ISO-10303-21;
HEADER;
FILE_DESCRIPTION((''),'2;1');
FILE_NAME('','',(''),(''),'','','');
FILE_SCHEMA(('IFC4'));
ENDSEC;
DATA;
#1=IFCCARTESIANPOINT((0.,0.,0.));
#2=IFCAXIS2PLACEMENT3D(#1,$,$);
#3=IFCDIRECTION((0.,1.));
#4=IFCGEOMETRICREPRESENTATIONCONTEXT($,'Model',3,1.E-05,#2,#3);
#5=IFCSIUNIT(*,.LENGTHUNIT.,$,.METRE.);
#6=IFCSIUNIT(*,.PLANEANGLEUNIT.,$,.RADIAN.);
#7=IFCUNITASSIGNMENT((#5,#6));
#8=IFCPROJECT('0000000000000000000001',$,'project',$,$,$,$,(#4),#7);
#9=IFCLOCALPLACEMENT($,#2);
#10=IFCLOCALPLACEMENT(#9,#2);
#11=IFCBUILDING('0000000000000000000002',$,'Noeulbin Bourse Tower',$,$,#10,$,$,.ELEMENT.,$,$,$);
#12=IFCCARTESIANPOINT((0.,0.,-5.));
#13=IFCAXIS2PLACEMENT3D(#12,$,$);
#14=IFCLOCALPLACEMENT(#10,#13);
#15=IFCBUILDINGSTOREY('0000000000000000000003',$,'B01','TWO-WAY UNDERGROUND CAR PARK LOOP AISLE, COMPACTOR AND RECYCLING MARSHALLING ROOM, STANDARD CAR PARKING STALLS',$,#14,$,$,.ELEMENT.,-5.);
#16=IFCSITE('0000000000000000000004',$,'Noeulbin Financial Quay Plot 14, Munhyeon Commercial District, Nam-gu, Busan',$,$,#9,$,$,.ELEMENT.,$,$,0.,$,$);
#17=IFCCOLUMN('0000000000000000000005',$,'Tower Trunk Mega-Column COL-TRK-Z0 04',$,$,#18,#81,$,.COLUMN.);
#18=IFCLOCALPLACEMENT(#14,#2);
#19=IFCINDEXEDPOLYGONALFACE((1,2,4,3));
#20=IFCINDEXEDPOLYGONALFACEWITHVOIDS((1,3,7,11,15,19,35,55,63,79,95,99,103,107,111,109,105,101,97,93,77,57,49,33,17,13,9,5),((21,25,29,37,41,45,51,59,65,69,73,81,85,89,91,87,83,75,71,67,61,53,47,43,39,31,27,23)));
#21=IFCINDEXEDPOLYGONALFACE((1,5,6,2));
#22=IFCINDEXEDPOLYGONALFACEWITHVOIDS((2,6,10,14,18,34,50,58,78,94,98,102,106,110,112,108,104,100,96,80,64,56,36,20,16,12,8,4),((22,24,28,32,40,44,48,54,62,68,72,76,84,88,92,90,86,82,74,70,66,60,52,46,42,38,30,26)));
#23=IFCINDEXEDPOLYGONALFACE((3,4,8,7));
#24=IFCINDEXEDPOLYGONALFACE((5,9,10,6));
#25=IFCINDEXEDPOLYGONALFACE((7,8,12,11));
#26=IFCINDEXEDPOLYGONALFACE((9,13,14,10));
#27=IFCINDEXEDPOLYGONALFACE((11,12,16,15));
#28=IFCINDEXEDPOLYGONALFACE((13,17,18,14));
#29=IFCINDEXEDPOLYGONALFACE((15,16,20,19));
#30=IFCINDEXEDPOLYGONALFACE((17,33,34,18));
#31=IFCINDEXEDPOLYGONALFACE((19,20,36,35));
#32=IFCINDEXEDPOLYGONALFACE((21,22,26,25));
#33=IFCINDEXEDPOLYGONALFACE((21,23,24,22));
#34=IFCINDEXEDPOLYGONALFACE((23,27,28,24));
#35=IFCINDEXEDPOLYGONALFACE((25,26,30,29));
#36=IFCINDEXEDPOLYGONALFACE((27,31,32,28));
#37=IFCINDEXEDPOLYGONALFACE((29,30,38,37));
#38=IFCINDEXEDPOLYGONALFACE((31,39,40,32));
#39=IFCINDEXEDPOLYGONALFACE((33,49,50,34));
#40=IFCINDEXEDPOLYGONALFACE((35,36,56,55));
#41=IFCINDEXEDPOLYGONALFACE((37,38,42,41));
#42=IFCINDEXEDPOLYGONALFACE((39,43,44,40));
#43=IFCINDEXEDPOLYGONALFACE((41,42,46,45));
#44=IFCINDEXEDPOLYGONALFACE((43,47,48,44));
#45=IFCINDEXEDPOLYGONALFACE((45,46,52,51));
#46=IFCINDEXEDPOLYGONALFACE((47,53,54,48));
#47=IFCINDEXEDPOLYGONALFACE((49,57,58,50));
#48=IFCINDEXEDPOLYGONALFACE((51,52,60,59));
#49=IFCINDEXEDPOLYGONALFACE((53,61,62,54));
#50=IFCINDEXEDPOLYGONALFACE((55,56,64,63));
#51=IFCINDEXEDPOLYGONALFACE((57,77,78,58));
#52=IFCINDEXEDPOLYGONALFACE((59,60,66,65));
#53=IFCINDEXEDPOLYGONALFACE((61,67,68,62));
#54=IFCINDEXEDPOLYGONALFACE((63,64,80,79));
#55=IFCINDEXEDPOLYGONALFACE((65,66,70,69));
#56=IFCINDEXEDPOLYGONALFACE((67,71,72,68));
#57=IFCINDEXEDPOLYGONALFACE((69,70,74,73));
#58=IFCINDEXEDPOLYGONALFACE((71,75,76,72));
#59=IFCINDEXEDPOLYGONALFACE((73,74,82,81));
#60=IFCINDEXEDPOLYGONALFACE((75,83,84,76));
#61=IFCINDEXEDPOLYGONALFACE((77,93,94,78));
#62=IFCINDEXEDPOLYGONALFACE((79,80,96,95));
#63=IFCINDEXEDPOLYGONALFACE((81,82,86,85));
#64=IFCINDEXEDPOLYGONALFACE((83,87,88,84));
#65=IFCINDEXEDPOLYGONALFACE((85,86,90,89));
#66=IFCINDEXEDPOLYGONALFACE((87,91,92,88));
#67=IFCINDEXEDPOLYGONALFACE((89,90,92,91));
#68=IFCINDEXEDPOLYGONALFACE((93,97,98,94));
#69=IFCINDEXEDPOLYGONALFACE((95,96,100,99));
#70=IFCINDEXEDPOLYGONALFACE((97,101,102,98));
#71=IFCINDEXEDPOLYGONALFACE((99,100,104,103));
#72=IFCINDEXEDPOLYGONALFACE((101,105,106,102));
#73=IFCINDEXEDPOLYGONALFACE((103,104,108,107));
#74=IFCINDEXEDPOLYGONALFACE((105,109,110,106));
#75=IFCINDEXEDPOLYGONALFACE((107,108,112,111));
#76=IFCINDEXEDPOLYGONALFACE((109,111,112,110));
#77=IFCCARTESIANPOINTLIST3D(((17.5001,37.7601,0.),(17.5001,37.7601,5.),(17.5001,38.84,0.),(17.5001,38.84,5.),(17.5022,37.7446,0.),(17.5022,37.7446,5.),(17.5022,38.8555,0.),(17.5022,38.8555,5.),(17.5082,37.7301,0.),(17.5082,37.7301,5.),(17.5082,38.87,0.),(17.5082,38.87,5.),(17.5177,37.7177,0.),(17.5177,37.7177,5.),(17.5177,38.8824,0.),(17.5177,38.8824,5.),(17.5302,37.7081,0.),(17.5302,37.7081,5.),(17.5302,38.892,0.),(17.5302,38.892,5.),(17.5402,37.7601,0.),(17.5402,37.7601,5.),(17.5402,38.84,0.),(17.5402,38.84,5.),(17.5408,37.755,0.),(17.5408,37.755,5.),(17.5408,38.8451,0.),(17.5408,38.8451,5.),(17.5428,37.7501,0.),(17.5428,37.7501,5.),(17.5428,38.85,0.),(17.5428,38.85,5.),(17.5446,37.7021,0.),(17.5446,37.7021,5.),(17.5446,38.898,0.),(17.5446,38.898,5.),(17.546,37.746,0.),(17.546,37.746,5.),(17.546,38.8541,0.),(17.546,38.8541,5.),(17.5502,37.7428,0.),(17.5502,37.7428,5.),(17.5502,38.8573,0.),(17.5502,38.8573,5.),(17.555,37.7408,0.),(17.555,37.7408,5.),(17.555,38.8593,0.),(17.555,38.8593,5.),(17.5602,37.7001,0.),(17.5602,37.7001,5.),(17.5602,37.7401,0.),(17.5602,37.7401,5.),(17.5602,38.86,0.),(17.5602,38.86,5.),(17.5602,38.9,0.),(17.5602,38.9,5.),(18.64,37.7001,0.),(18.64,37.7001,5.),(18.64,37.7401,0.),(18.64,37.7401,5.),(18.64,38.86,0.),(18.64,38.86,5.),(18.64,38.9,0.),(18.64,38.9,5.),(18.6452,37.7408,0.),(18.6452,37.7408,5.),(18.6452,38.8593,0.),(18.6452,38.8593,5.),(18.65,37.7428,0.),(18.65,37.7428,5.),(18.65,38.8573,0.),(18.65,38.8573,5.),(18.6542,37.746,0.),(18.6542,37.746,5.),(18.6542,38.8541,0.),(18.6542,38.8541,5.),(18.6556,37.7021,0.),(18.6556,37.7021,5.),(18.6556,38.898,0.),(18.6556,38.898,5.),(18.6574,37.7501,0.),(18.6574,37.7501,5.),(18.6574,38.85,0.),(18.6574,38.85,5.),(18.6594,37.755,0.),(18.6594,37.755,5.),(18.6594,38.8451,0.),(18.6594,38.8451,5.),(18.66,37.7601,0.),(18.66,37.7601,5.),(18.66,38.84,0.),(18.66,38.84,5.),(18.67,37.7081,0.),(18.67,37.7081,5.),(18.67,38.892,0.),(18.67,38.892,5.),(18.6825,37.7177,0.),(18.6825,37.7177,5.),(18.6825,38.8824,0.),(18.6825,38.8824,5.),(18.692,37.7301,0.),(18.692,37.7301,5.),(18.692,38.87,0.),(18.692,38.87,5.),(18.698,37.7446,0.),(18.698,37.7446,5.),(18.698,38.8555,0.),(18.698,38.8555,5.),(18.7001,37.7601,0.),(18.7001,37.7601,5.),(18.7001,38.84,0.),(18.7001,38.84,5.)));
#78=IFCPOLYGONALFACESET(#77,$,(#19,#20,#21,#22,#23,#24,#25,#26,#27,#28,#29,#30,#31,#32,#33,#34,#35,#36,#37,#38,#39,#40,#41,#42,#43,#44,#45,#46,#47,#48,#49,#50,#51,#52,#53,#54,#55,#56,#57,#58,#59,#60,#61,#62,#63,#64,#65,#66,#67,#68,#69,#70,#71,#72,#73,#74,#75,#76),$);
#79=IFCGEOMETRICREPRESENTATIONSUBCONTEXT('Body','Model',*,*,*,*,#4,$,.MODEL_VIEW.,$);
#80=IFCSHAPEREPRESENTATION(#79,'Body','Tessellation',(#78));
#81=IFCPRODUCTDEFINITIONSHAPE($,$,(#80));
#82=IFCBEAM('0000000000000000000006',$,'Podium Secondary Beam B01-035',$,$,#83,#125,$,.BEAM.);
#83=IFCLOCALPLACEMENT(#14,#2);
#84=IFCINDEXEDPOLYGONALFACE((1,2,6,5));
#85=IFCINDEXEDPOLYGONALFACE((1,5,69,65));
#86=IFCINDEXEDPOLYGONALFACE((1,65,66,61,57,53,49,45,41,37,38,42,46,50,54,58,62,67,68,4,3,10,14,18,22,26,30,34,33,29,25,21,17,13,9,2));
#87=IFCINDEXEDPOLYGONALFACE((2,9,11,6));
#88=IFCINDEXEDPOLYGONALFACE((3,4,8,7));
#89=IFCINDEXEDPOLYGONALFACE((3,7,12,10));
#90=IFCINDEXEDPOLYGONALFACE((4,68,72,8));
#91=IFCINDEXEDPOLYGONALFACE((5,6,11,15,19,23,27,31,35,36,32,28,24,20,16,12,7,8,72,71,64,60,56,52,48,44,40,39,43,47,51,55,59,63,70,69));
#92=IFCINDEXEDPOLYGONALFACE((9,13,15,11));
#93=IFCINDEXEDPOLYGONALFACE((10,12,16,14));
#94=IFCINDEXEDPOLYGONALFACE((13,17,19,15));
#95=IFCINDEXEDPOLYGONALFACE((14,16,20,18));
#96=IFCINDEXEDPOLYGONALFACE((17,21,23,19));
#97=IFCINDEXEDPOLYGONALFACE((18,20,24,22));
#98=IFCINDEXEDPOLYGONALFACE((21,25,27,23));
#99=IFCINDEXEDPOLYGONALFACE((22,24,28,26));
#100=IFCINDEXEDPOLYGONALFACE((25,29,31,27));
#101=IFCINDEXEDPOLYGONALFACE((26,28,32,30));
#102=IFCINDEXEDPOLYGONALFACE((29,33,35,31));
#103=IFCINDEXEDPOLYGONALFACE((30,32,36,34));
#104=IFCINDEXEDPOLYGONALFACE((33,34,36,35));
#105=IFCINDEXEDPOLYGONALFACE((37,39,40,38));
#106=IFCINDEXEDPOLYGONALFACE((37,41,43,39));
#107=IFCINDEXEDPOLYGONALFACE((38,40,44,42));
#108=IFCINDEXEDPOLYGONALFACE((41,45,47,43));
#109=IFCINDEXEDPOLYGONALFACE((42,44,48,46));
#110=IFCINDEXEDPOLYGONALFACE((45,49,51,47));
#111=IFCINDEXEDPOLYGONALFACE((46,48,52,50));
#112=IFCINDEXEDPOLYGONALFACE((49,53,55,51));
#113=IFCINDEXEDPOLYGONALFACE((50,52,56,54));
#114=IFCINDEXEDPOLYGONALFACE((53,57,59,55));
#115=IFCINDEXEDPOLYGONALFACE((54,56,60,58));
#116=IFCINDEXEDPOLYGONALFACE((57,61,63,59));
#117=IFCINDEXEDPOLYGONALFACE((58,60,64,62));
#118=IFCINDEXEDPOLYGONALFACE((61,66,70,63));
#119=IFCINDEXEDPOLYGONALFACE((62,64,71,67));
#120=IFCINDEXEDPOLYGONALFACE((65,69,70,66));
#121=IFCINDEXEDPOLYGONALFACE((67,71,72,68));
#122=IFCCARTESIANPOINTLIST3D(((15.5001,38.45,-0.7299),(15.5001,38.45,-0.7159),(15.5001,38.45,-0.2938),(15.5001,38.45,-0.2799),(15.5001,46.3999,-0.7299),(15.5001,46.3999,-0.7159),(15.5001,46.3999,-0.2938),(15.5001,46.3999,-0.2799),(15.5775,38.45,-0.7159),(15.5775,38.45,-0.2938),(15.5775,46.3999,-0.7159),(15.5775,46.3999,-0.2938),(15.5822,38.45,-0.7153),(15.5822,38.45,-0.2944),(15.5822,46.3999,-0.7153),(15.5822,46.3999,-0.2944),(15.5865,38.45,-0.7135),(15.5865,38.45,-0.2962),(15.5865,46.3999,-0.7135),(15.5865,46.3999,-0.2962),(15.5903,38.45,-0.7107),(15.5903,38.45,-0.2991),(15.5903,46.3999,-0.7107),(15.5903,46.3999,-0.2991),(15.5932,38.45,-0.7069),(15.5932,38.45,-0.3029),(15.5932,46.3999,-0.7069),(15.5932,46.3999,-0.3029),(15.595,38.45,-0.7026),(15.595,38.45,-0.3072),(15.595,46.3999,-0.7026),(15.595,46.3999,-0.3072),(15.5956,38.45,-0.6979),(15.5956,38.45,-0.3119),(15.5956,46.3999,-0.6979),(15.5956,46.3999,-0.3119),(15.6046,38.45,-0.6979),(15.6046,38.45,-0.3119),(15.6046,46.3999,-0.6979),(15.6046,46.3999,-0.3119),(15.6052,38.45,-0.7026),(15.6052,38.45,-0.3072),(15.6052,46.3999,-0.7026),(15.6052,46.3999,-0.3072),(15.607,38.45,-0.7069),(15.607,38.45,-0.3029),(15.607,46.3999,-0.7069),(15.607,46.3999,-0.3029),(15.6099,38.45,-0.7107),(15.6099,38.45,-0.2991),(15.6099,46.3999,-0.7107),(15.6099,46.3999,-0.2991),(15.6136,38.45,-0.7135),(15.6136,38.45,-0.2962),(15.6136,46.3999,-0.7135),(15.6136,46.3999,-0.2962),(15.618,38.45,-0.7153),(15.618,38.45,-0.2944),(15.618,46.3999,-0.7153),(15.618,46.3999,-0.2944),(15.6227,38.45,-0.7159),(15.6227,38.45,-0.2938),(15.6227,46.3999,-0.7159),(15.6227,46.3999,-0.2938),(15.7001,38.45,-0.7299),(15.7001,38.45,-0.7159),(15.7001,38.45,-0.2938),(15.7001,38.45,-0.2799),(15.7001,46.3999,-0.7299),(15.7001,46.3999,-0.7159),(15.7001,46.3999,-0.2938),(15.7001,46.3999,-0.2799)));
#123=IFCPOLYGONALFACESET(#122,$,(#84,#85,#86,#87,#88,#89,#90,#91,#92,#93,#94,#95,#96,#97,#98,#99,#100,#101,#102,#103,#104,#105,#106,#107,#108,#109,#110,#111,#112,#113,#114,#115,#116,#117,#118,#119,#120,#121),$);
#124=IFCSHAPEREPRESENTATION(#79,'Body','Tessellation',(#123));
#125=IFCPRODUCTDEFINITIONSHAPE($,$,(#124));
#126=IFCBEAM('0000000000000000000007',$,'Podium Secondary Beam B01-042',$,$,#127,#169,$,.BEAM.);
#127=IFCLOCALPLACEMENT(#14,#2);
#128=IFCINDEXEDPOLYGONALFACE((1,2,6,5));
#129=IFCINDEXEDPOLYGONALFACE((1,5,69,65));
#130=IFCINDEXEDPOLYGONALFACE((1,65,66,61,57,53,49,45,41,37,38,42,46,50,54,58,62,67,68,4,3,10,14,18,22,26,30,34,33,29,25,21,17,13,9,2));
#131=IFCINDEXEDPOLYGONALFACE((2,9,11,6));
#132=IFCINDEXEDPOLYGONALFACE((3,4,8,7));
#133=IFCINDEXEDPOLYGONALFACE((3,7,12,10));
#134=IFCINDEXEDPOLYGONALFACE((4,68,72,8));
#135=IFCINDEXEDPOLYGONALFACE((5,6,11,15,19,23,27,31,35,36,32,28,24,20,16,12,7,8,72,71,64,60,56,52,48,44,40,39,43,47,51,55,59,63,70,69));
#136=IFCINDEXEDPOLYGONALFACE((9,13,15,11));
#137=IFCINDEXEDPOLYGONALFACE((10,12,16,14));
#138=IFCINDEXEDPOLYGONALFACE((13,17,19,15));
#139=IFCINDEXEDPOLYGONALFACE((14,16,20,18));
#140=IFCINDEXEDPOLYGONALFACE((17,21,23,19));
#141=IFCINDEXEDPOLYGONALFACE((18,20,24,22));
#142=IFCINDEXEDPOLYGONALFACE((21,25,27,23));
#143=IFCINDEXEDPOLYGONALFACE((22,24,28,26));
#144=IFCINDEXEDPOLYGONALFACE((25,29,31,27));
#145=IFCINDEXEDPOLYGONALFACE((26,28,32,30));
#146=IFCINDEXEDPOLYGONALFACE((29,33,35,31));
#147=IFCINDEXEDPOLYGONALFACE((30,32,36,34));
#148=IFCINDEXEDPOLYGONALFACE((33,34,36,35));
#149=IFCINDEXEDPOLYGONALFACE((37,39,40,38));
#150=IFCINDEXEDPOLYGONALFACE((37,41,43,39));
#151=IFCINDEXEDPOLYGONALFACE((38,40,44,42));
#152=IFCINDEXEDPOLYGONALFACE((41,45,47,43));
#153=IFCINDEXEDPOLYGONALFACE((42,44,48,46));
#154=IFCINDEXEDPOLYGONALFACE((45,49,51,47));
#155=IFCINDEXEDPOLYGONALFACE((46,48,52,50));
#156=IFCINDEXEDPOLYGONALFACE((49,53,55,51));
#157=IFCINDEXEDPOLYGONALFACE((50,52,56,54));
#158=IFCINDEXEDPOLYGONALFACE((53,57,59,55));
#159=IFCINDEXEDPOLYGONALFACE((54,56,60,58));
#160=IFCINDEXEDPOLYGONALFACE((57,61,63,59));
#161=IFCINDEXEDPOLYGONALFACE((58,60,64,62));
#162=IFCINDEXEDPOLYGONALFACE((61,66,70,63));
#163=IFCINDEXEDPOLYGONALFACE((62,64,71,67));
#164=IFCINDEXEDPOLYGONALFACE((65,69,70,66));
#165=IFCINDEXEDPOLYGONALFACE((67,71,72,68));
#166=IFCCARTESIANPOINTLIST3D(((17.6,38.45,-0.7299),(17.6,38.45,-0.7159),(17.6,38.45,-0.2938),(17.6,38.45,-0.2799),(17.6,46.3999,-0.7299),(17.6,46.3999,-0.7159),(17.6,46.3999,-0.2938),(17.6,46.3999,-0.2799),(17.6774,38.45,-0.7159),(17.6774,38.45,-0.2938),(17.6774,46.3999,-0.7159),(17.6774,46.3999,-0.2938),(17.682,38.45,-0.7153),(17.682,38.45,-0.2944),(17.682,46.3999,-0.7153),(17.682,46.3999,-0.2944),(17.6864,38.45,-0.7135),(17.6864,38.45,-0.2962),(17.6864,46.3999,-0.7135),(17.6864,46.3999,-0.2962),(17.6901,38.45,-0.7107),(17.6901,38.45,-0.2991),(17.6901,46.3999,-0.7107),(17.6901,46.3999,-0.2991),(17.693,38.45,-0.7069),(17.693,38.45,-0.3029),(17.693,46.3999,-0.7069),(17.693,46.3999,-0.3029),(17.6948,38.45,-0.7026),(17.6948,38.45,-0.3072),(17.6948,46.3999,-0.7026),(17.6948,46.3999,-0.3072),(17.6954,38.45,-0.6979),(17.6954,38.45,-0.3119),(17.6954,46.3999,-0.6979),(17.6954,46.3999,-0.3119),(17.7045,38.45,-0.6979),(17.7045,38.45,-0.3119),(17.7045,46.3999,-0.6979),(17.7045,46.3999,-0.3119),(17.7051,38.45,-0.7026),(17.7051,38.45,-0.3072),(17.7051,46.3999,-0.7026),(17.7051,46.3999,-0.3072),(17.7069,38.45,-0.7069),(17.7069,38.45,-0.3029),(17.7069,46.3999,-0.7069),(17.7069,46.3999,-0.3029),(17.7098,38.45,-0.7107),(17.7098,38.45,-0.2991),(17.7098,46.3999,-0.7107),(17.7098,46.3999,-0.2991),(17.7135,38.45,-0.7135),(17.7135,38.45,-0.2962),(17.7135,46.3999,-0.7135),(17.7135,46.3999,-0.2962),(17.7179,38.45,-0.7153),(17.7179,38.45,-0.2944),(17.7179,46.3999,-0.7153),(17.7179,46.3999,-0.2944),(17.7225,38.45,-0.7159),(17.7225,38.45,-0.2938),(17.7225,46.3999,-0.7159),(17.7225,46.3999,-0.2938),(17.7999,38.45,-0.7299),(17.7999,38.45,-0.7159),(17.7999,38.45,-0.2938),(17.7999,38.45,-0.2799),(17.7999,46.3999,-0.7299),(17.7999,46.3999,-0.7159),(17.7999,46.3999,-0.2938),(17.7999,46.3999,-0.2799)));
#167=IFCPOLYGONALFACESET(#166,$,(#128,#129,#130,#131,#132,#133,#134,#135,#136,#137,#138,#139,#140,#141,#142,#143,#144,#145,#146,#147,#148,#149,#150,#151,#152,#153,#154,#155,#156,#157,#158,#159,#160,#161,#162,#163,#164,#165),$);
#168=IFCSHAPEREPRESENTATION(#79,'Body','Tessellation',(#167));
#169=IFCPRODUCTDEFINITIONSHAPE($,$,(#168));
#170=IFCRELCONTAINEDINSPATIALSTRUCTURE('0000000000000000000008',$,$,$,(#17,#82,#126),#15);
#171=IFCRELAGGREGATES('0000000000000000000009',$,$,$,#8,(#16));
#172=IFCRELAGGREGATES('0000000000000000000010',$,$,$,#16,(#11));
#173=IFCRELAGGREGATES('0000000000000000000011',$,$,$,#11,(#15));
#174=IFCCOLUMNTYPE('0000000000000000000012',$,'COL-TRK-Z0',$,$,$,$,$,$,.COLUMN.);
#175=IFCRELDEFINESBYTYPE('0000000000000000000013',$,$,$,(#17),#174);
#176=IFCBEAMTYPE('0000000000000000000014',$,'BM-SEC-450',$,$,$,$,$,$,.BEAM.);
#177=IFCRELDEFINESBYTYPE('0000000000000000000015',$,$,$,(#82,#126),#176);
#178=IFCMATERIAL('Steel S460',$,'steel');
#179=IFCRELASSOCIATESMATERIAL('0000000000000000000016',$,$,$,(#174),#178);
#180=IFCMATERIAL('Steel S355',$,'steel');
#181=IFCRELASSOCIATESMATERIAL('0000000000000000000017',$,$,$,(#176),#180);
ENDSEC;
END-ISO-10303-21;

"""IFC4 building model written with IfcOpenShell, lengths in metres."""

from ifc_helpers import new_model, si_unit, direction, frame, origin, origin_2d, place, context, subcontext, project, spatial, hollow_rectangle, i_section, extrude, material, material_profile, profile_set, type_object, element, save


model = new_model("IFC4")

# Units and contexts
model_context = context("Model", 3, precision=1e-05, world=origin(), true_north=direction((0.0, 1.0)))
body_context = subcontext(model_context, "Body", "Model", "MODEL_VIEW")
ifc_project = project(units=[si_unit("LENGTHUNIT", "METRE"), si_unit("PLANEANGLEUNIT", "RADIAN")], contexts=[model_context])

# Site, building, storey
site_placement = place(None, origin())
site = spatial("IfcSite", under=ifc_project, at=site_placement, Name="Noeulbin Financial Quay Plot 14, Munhyeon Commercial District, Nam-gu, Busan", CompositionType="ELEMENT", RefElevation=0.0)
building_placement = place(site_placement, origin())
building = spatial("IfcBuilding", under=site, at=building_placement, Name="Noeulbin Bourse Tower", CompositionType="ELEMENT")
storey_placement = place(building_placement, frame((0.0, 0.0, -5.0)))
storey = spatial("IfcBuildingStorey", under=building, at=storey_placement, Name="B01", Description="TWO-WAY UNDERGROUND CAR PARK LOOP AISLE, COMPACTOR AND RECYCLING MARSHALLING ROOM, STANDARD CAR PARKING STALLS", CompositionType="ELEMENT", Elevation=-5.0)

# Column
ifc_material_1 = material(Name="Steel S460", Category="steel")
ifc_material_profile_1 = material_profile(ifc_material_1, hollow_rectangle(XDim=1.2, YDim=1.2, WallThickness=0.04, InnerFilletRadius=0.02, OuterFilletRadius=0.0601, at=origin_2d()), Name="BOX-1200x1200x40", Category="LoadBearing")
ifc_profile_set_1 = profile_set([ifc_material_profile_1], Name="Steel S460")
column_type = type_object("IfcColumnType", Name="COL-TRK-Z0", PredefinedType="COLUMN", material=ifc_profile_set_1)
column_placement = place(storey_placement, frame((18.1001, 38.3, 0.0), z_axis=(0.0, 0.0, 1.0), x_axis=(1.0, 0.0, 0.0)))
element("IfcColumn", 1, at=column_placement, inside=storey, type_object=column_type, Name="Tower Trunk Mega-Column COL-TRK-Z0 04", PredefinedType="COLUMN", context=body_context, shape_type="SweptSolid", body=[
    extrude(hollow_rectangle(XDim=1.2, YDim=1.2, WallThickness=0.04, InnerFilletRadius=0.02, OuterFilletRadius=0.0601, at=origin_2d()), origin(), (0.0, 0.0, 1.0), 5.0),
])

# Beams
ifc_material_2 = material(Name="Steel S355", Category="steel")
ifc_material_profile_2 = material_profile(ifc_material_2, i_section(OverallWidth=0.2, OverallDepth=0.45, WebThickness=0.009, FlangeThickness=0.0139, FilletRadius=0.0181, at=origin_2d()), Name="H-450x200x9x14", Category="LoadBearing")
ifc_profile_set_2 = profile_set([ifc_material_profile_2], Name="Steel S355")
beam_type = type_object("IfcBeamType", Name="BM-SEC-450", PredefinedType="BEAM", material=ifc_profile_set_2)
for number, where, z_axis, x_axis, name in (
    (2, (15.6001, 38.45, -0.5049), (0.0, 1.0, 0.0), (-1.0, 0.0, 0.0), "Podium Secondary Beam B01-035"),
    (3, (17.7, 38.45, -0.5049), (0.0, 1.0, 0.0), (-1.0, 0.0, 0.0), "Podium Secondary Beam B01-042"),
):
    element("IfcBeam", number, at=place(storey_placement, frame(where, z_axis=z_axis, x_axis=x_axis)), inside=storey, type_object=beam_type, Name=name, PredefinedType="BEAM", context=body_context, shape_type="SweptSolid", body=[
        extrude(i_section(OverallWidth=0.2, OverallDepth=0.45, WebThickness=0.009, FlangeThickness=0.0139, FilletRadius=0.0181, at=origin_2d()), origin(), (0.0, 0.0, 1.0), 7.95),
    ])

save(model, "model.ifc")
